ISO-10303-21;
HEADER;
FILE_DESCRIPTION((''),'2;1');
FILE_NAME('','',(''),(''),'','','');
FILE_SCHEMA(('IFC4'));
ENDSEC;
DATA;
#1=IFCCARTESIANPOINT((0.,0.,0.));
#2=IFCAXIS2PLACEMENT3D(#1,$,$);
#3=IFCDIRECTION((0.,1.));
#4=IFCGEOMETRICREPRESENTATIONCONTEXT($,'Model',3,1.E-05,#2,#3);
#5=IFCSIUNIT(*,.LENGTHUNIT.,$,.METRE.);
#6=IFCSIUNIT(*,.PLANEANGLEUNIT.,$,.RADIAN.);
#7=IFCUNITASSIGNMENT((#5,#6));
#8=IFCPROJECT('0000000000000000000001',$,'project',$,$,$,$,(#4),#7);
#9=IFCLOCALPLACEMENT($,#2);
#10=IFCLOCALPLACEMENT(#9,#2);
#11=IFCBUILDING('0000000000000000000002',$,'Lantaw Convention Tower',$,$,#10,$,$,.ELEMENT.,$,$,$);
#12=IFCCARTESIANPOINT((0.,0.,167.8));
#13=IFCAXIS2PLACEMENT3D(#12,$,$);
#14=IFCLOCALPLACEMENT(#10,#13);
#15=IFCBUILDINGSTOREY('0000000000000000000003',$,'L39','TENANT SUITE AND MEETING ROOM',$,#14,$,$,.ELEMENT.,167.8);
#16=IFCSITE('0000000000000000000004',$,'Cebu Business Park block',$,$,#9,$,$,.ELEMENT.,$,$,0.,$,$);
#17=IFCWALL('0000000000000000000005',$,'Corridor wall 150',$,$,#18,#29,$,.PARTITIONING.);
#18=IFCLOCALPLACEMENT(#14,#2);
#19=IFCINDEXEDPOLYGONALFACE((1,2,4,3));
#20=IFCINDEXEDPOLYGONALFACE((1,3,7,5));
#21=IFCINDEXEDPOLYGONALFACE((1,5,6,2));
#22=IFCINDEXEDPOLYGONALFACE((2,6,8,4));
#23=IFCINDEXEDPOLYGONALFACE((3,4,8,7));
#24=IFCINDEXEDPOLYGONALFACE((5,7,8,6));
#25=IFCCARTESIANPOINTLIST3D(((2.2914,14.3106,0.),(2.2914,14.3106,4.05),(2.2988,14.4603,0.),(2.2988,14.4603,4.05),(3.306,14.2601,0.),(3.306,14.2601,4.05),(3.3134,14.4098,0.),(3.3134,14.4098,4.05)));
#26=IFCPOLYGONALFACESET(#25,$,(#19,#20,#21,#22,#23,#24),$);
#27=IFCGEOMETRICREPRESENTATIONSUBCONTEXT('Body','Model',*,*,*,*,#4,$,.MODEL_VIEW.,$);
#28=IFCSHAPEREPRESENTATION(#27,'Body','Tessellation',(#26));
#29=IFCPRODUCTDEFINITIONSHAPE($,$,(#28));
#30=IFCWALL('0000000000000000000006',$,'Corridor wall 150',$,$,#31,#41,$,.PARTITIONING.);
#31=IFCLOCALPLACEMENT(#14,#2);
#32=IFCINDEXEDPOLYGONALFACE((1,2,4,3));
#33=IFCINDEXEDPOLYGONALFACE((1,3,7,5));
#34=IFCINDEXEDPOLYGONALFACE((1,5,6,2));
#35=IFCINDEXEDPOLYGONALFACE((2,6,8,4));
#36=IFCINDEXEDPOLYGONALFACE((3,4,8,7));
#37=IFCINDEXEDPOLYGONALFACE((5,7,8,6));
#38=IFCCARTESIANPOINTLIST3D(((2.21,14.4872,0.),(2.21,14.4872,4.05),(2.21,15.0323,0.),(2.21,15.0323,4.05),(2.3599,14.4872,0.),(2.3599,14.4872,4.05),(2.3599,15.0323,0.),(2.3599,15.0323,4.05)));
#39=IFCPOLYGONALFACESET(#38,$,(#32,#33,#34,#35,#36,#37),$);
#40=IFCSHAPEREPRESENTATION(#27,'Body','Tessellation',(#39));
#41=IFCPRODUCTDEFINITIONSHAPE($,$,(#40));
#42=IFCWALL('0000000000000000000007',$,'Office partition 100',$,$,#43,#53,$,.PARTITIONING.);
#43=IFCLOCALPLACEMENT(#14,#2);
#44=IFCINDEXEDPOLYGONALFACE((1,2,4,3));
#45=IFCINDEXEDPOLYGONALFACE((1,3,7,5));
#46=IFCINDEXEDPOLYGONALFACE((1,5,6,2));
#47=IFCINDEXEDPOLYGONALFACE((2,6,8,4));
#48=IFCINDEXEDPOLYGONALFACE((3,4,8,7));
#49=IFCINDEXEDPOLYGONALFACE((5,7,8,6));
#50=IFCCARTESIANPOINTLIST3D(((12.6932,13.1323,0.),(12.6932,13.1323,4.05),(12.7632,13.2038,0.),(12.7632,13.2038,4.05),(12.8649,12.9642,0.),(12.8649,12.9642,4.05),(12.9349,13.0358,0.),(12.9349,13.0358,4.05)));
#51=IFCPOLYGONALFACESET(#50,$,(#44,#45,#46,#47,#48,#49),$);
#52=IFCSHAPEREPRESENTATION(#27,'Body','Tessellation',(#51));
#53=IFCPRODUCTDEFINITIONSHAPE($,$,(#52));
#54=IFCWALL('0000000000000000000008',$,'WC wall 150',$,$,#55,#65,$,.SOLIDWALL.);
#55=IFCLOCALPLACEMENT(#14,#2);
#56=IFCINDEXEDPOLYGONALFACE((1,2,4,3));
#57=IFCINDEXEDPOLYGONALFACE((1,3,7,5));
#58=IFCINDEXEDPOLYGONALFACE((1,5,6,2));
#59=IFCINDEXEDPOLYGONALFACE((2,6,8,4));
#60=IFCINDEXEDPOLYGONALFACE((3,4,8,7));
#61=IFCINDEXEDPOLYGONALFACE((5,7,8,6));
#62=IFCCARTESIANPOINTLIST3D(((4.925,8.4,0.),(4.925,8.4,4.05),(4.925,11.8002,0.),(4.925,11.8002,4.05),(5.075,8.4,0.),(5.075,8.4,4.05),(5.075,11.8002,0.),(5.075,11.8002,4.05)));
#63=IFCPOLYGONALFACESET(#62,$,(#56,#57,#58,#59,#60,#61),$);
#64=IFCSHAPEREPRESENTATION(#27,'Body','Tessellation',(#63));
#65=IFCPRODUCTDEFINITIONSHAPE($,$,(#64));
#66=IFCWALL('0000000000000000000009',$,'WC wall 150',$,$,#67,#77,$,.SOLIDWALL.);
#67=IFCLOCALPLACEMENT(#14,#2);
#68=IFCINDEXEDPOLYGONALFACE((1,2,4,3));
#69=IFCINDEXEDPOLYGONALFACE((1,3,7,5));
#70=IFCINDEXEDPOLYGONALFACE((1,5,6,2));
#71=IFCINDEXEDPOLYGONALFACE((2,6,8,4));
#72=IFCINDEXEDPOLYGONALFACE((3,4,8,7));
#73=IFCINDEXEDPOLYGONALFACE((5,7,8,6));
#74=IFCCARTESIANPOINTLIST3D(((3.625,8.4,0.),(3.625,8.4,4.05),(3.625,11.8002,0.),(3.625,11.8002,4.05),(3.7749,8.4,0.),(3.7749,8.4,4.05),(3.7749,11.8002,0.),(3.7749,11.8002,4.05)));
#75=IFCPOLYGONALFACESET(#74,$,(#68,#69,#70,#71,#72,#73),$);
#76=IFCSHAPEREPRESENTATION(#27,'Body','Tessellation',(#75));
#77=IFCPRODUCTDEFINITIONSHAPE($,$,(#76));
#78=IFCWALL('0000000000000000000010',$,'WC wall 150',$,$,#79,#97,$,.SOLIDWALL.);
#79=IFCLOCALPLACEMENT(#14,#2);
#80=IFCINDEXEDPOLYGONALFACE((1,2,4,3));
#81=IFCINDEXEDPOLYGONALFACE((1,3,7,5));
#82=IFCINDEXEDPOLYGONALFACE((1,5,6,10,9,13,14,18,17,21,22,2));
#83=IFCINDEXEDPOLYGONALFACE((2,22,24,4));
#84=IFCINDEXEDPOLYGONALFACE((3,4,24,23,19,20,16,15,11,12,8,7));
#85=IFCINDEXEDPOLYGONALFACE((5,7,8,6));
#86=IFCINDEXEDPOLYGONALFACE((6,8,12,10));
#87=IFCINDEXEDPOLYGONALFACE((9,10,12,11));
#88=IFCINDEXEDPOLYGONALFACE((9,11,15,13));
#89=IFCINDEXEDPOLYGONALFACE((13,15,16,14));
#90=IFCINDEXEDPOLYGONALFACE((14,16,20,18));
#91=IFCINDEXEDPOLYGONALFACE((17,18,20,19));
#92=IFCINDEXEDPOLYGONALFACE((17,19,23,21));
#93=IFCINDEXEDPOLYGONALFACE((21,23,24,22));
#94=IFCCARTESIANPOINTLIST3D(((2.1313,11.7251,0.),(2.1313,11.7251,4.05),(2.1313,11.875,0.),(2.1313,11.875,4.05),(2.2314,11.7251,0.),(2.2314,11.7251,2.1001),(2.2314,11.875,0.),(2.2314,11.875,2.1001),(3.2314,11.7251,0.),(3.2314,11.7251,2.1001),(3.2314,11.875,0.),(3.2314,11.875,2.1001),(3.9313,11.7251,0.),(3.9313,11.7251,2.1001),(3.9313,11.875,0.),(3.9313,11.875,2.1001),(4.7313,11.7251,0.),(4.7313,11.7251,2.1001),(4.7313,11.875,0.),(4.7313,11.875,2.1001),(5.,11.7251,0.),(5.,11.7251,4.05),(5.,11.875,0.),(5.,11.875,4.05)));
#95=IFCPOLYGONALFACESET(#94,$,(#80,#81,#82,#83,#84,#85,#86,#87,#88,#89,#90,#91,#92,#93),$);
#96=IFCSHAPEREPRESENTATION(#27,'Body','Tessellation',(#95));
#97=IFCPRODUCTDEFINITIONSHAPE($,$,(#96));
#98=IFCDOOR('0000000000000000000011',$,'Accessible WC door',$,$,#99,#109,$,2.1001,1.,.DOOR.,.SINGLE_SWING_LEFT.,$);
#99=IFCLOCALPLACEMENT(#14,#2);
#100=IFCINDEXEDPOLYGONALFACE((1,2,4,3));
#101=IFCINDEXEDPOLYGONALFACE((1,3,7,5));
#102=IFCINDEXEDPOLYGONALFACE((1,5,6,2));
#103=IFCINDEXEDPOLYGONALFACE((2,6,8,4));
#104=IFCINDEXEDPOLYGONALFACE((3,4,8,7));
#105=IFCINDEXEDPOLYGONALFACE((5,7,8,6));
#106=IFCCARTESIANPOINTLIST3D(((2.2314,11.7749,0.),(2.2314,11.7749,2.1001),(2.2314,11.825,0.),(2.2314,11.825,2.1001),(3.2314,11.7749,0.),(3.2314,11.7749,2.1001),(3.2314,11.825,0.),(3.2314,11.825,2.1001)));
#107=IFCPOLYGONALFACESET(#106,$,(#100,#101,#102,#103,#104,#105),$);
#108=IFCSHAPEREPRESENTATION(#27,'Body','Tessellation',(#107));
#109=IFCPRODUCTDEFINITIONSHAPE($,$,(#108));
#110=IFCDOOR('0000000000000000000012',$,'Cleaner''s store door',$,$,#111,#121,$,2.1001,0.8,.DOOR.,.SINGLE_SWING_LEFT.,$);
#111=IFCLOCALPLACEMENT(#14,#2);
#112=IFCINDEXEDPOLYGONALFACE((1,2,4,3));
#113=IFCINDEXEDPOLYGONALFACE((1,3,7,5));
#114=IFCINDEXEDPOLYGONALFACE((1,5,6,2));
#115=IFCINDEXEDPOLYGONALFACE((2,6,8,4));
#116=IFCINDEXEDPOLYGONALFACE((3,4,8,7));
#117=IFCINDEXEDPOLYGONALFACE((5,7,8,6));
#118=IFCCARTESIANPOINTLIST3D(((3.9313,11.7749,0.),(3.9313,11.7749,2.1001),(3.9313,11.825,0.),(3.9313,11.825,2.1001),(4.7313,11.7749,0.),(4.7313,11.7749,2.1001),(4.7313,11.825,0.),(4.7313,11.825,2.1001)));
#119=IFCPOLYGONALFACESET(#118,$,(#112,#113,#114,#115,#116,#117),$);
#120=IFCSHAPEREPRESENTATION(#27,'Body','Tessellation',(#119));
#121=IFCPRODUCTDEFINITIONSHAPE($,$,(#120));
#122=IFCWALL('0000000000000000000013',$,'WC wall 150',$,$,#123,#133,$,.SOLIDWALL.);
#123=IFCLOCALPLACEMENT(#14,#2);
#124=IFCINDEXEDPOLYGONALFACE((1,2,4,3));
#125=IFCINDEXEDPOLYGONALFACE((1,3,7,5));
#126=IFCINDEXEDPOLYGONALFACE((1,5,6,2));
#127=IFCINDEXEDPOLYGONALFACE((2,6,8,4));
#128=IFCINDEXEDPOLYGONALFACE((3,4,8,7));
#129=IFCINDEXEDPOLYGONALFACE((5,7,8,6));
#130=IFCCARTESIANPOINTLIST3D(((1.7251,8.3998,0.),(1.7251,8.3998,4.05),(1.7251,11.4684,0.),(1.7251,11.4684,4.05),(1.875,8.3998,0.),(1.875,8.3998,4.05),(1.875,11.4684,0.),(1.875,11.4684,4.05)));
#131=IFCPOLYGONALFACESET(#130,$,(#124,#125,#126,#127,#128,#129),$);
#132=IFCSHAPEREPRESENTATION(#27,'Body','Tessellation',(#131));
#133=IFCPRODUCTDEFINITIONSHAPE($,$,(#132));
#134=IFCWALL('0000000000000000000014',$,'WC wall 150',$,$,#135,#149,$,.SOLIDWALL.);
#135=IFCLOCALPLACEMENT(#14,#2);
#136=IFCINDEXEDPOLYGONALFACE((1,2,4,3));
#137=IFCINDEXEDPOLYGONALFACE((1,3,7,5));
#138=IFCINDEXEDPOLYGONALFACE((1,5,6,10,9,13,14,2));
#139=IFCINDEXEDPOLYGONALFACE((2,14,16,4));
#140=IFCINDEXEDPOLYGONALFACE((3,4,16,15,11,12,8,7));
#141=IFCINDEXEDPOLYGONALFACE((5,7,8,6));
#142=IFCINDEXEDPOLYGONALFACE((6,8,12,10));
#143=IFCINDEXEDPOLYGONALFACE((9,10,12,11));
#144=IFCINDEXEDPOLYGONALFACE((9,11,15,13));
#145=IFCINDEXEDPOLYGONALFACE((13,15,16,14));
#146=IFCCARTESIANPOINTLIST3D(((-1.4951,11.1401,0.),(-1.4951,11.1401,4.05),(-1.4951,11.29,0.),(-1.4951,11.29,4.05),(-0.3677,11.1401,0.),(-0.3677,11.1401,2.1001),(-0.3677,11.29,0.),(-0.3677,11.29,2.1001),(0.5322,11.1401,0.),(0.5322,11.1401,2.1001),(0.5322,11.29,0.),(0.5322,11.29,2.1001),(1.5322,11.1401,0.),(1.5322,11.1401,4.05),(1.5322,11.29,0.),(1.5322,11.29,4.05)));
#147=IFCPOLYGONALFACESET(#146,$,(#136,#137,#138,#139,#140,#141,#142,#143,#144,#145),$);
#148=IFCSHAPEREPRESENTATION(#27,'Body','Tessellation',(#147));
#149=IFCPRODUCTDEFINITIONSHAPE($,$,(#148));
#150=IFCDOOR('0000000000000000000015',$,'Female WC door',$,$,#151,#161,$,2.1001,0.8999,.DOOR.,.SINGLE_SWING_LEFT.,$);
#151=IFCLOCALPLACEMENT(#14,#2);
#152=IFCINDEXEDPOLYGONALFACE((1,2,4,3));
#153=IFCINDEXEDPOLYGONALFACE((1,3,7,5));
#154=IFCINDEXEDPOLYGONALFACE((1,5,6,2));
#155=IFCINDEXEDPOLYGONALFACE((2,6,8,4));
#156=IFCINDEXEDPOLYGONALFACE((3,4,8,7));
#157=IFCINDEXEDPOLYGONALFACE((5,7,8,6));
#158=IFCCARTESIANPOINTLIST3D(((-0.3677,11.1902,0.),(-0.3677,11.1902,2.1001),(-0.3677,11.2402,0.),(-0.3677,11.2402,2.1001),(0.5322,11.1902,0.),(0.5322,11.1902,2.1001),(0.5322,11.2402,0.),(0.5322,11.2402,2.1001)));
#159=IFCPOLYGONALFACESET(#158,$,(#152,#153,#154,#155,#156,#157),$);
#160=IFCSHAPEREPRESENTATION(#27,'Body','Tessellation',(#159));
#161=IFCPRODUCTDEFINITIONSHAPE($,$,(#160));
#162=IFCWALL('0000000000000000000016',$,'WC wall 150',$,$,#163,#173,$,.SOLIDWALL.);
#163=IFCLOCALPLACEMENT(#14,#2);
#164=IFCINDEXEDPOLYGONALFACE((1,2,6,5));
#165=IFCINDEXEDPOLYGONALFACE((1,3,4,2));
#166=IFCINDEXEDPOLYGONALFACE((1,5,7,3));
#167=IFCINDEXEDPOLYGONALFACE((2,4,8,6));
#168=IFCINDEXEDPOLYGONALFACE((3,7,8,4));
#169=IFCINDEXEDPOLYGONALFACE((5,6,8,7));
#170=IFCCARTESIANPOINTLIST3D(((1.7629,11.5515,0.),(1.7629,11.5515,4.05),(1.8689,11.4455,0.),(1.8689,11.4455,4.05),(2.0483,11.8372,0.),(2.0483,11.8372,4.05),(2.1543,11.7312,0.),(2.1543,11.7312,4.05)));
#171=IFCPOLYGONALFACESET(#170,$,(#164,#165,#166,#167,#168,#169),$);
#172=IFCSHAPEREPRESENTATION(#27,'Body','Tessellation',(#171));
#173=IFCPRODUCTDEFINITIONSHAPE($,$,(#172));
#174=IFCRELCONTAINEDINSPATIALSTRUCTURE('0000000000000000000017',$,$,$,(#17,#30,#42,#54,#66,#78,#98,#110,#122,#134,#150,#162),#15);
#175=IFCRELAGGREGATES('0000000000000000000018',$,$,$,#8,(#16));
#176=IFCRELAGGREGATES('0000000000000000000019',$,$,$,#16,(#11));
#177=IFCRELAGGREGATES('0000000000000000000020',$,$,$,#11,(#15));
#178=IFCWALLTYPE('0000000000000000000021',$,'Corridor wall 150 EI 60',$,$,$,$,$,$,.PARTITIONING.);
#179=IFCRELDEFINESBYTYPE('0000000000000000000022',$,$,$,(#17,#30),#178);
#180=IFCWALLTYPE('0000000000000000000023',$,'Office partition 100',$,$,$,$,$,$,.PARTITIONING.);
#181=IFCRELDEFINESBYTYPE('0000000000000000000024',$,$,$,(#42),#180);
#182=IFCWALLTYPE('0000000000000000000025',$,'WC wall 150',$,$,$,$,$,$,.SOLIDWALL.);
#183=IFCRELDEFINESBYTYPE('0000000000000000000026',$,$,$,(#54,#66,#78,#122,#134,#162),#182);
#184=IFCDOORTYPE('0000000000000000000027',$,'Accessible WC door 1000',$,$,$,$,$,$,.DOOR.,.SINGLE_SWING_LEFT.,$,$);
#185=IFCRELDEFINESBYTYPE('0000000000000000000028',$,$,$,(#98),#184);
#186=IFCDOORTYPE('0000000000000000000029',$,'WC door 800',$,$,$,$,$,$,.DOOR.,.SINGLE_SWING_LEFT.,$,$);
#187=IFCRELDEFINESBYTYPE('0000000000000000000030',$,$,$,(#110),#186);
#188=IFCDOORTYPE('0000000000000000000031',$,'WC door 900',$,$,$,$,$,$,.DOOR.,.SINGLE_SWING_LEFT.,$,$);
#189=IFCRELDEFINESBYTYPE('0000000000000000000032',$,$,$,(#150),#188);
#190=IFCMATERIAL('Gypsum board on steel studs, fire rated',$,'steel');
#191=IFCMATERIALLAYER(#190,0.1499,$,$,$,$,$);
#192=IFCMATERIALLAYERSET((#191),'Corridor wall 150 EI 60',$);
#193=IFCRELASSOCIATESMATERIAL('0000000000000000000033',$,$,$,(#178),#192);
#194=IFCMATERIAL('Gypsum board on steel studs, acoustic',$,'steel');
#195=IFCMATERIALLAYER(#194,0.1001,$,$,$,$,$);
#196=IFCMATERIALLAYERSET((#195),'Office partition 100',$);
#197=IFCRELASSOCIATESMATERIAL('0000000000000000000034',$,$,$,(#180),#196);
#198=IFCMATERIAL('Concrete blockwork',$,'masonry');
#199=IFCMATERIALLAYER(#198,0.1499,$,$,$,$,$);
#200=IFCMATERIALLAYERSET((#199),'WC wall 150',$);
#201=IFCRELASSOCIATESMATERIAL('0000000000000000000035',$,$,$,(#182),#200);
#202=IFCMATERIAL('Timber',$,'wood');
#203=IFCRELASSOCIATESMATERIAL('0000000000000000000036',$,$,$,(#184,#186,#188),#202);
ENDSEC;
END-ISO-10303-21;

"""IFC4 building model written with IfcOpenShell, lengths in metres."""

from ifc_helpers import new_model, si_unit, direction, frame, frame_2d, origin, place, context, subcontext, project, spatial, rectangle, extrude, material, layer, layer_set, type_object, element, fill, save


model = new_model("IFC4")

# Units and contexts
model_context = context("Model", 3, precision=1e-05, world=origin(), true_north=direction((0.0, 1.0)))
body_context = subcontext(model_context, "Body", "Model", "MODEL_VIEW")
ifc_project = project(units=[si_unit("LENGTHUNIT", "METRE"), si_unit("PLANEANGLEUNIT", "RADIAN")], contexts=[model_context])

# Site, building, storey
site_placement = place(None, origin())
site = spatial("IfcSite", under=ifc_project, at=site_placement, Name="Cebu Business Park block", CompositionType="ELEMENT", RefElevation=0.0)
building_placement = place(site_placement, origin())
building = spatial("IfcBuilding", under=site, at=building_placement, Name="Lantaw Convention Tower", CompositionType="ELEMENT")
storey_placement = place(building_placement, frame((0.0, 0.0, 167.8)))
storey = spatial("IfcBuildingStorey", under=building, at=storey_placement, Name="L39", Description="TENANT SUITE AND MEETING ROOM", CompositionType="ELEMENT", Elevation=167.8)

# Shared definitions
ifc_material_1 = material(Name="Gypsum board on steel studs, fire rated", Category="steel")
ifc_layer_1 = layer(ifc_material_1, 0.1499)
ifc_layer_set_1 = layer_set([ifc_layer_1], Name="Corridor wall 150 EI 60")
wall_type_1 = type_object("IfcWallType", Name="Corridor wall 150 EI 60", PredefinedType="PARTITIONING", material=ifc_layer_set_1)

# Walls
wall_1_placement = place(storey_placement, frame((3.3096, 14.335, 0.0), z_axis=(0.0, 0.0, 1.0), x_axis=(-0.998762, 0.049746, 0.0)))
element("IfcWall", 1, at=wall_1_placement, inside=storey, type_object=wall_type_1, Name="Corridor wall 150", PredefinedType="PARTITIONING", context=body_context, shape_type="SweptSolid", body=[
    extrude(rectangle(XDim=1.0159, YDim=0.1499, at=frame_2d((0.5078, 0.0))), origin(), (0.0, 0.0, 1.0), 4.05),
])
wall_2_placement = place(storey_placement, frame((2.2849, 15.0322, 0.0), z_axis=(0.0, 0.0, 1.0), x_axis=(0.0, -1.0, 0.0)))
element("IfcWall", 2, at=wall_2_placement, inside=storey, type_object=wall_type_1, Name="Corridor wall 150", PredefinedType="PARTITIONING", context=body_context, shape_type="SweptSolid", body=[
    extrude(rectangle(XDim=0.5452, YDim=0.1499, at=frame_2d((0.2725, 0.0))), origin(), (0.0, 0.0, 1.0), 4.05),
])
ifc_material_2 = material(Name="Gypsum board on steel studs, acoustic", Category="steel")
ifc_layer_2 = layer(ifc_material_2, 0.1001)
ifc_layer_set_2 = layer_set([ifc_layer_2], Name="Office partition 100")
wall_type_2 = type_object("IfcWallType", Name="Office partition 100", PredefinedType="PARTITIONING", material=ifc_layer_set_2)
wall_3_placement = place(storey_placement, frame((12.8999, 13.0, 0.0), z_axis=(0.0, 0.0, 1.0), x_axis=(-0.71469, 0.699441, 0.0)))
element("IfcWall", 3, at=wall_3_placement, inside=storey, type_object=wall_type_2, Name="Office partition 100", PredefinedType="PARTITIONING", context=body_context, shape_type="SweptSolid", body=[
    extrude(rectangle(XDim=0.2402, YDim=0.1001, at=frame_2d((0.1201, 0.0))), origin(), (0.0, 0.0, 1.0), 4.05),
])
ifc_material_3 = material(Name="Concrete blockwork", Category="masonry")
ifc_layer_3 = layer(ifc_material_3, 0.1499)
ifc_layer_set_3 = layer_set([ifc_layer_3], Name="WC wall 150")
wall_type_3 = type_object("IfcWallType", Name="WC wall 150", PredefinedType="SOLIDWALL", material=ifc_layer_set_3)
for number, where, z_axis, x_axis, name in (
    (4, (5.0, 8.3999, 0.0), (0.0, 0.0, 1.0), (0.0, 1.0, 0.0), "WC wall 150"),
    (5, (3.7, 8.3999, 0.0), (0.0, 0.0, 1.0), (0.0, 1.0, 0.0), "WC wall 150"),
):
    element("IfcWall", number, at=place(storey_placement, frame(where, z_axis=z_axis, x_axis=x_axis)), inside=storey, type_object=wall_type_3, Name=name, PredefinedType="SOLIDWALL", context=body_context, shape_type="SweptSolid", body=[
        extrude(rectangle(XDim=3.4001, YDim=0.1499, at=frame_2d((1.7002, 0.0))), origin(), (0.0, 0.0, 1.0), 4.05),
    ])

# Wall, openings, doors
wall_4_placement = place(storey_placement, frame((2.1313, 11.8, 0.0), z_axis=(0.0, 0.0, 1.0), x_axis=(1.0, 0.0, 0.0)))
wall_4 = element("IfcWall", 6, at=wall_4_placement, inside=storey, type_object=wall_type_3, Name="WC wall 150", PredefinedType="SOLIDWALL", context=body_context, shape_type="SweptSolid", body=[
    extrude(rectangle(XDim=2.8687, YDim=0.1499, at=frame_2d((1.4343, 0.0))), origin(), (0.0, 0.0, 1.0), 4.05),
])
opening_1_placement = place(wall_4_placement, frame((0.1001, 0.0, 0.0)))
opening_1 = element("IfcOpeningElement", 7, at=opening_1_placement, cuts=wall_4, PredefinedType="OPENING", context=body_context, shape_type="SweptSolid", body=[
    extrude(rectangle(XDim=1.0, YDim=2.1001, at=frame_2d((0.5, 1.05))), frame((0.0, 0.085, 0.0), z_axis=(0.0, -1.0, 0.0), x_axis=(1.0, 0.0, 0.0)), (0.0, 0.0, 1.0), 0.1699),
])
opening_2_placement = place(wall_4_placement, frame((1.8, 0.0, 0.0)))
opening_2 = element("IfcOpeningElement", 8, at=opening_2_placement, cuts=wall_4, PredefinedType="OPENING", context=body_context, shape_type="SweptSolid", body=[
    extrude(rectangle(XDim=0.8, YDim=2.1001, at=frame_2d((0.3999, 1.05))), frame((0.0, 0.085, 0.0), z_axis=(0.0, -1.0, 0.0), x_axis=(1.0, 0.0, 0.0)), (0.0, 0.0, 1.0), 0.1699),
])
ifc_material_4 = material(Name="Timber", Category="wood")
door_type_1 = type_object("IfcDoorType", Name="Accessible WC door 1000", OperationType="SINGLE_SWING_LEFT", PredefinedType="DOOR", material=ifc_material_4)
door_1_placement = place(opening_1_placement, origin())
door_1 = element("IfcDoor", 9, at=door_1_placement, inside=storey, type_object=door_type_1, Name="Accessible WC door", OperationType="SINGLE_SWING_LEFT", OverallHeight=2.1001, OverallWidth=1.0, PredefinedType="DOOR", context=body_context, shape_type="SweptSolid", body=[
    extrude(rectangle(XDim=1.0, YDim=2.1001, at=frame_2d((0.5, 1.05))), frame((0.0, 0.0249, 0.0), z_axis=(0.0, -1.0, 0.0), x_axis=(1.0, 0.0, 0.0)), (0.0, 0.0, 1.0), 0.05),
])
fill(opening_1, door_1)
door_type_2 = type_object("IfcDoorType", Name="WC door 800", OperationType="SINGLE_SWING_LEFT", PredefinedType="DOOR", material=ifc_material_4)
door_2_placement = place(opening_2_placement, origin())
door_2 = element("IfcDoor", 10, at=door_2_placement, inside=storey, type_object=door_type_2, Name="Cleaner's store door", OperationType="SINGLE_SWING_LEFT", OverallHeight=2.1001, OverallWidth=0.8, PredefinedType="DOOR", context=body_context, shape_type="SweptSolid", body=[
    extrude(rectangle(XDim=0.8, YDim=2.1001, at=frame_2d((0.3999, 1.05))), frame((0.0, 0.0249, 0.0), z_axis=(0.0, -1.0, 0.0), x_axis=(1.0, 0.0, 0.0)), (0.0, 0.0, 1.0), 0.05),
])
fill(opening_2, door_2)

# Wall
wall_5_placement = place(storey_placement, frame((1.8, 8.3999, 0.0), z_axis=(0.0, 0.0, 1.0), x_axis=(0.0, 1.0, 0.0)))
element("IfcWall", 11, at=wall_5_placement, inside=storey, type_object=wall_type_3, Name="WC wall 150", PredefinedType="SOLIDWALL", context=body_context, shape_type="SweptSolid", body=[
    extrude(rectangle(XDim=3.0686, YDim=0.1499, at=frame_2d((1.5342, 0.0))), origin(), (0.0, 0.0, 1.0), 4.05),
])

# Wall, opening, door
wall_6_placement = place(storey_placement, frame((1.5322, 11.2151, 0.0), z_axis=(0.0, 0.0, 1.0), x_axis=(-1.0, 0.0, 0.0)))
wall_6 = element("IfcWall", 12, at=wall_6_placement, inside=storey, type_object=wall_type_3, Name="WC wall 150", PredefinedType="SOLIDWALL", context=body_context, shape_type="SweptSolid", body=[
    extrude(rectangle(XDim=3.0273, YDim=0.1499, at=frame_2d((1.5137, 0.0))), origin(), (0.0, 0.0, 1.0), 4.05),
])
opening_3_placement = place(wall_6_placement, frame((1.0, 0.0, 0.0)))
opening_3 = element("IfcOpeningElement", 13, at=opening_3_placement, cuts=wall_6, PredefinedType="OPENING", context=body_context, shape_type="SweptSolid", body=[
    extrude(rectangle(XDim=0.8999, YDim=2.1001, at=frame_2d((0.45, 1.05))), frame((0.0, 0.085, 0.0), z_axis=(0.0, -1.0, 0.0), x_axis=(1.0, 0.0, 0.0)), (0.0, 0.0, 1.0), 0.1699),
])
door_type_3 = type_object("IfcDoorType", Name="WC door 900", OperationType="SINGLE_SWING_LEFT", PredefinedType="DOOR", material=ifc_material_4)
door_3_placement = place(opening_3_placement, origin())
door_3 = element("IfcDoor", 14, at=door_3_placement, inside=storey, type_object=door_type_3, Name="Female WC door", OperationType="SINGLE_SWING_LEFT", OverallHeight=2.1001, OverallWidth=0.8999, PredefinedType="DOOR", context=body_context, shape_type="SweptSolid", body=[
    extrude(rectangle(XDim=0.8999, YDim=2.1001, at=frame_2d((0.45, 1.05))), frame((0.0, 0.0249, 0.0), z_axis=(0.0, -1.0, 0.0), x_axis=(1.0, 0.0, 0.0)), (0.0, 0.0, 1.0), 0.05),
])
fill(opening_3, door_3)

# Wall
wall_7_placement = place(storey_placement, frame((2.1013, 11.7842, 0.0), z_axis=(0.0, 0.0, 1.0), x_axis=(-0.706804, -0.707409, 0.0)))
element("IfcWall", 15, at=wall_7_placement, inside=storey, type_object=wall_type_3, Name="WC wall 150", PredefinedType="SOLIDWALL", context=body_context, shape_type="SweptSolid", body=[
    extrude(rectangle(XDim=0.4038, YDim=0.1499, at=frame_2d((0.2019, 0.0))), origin(), (0.0, 0.0, 1.0), 4.05),
])

save(model, "model.ifc")
